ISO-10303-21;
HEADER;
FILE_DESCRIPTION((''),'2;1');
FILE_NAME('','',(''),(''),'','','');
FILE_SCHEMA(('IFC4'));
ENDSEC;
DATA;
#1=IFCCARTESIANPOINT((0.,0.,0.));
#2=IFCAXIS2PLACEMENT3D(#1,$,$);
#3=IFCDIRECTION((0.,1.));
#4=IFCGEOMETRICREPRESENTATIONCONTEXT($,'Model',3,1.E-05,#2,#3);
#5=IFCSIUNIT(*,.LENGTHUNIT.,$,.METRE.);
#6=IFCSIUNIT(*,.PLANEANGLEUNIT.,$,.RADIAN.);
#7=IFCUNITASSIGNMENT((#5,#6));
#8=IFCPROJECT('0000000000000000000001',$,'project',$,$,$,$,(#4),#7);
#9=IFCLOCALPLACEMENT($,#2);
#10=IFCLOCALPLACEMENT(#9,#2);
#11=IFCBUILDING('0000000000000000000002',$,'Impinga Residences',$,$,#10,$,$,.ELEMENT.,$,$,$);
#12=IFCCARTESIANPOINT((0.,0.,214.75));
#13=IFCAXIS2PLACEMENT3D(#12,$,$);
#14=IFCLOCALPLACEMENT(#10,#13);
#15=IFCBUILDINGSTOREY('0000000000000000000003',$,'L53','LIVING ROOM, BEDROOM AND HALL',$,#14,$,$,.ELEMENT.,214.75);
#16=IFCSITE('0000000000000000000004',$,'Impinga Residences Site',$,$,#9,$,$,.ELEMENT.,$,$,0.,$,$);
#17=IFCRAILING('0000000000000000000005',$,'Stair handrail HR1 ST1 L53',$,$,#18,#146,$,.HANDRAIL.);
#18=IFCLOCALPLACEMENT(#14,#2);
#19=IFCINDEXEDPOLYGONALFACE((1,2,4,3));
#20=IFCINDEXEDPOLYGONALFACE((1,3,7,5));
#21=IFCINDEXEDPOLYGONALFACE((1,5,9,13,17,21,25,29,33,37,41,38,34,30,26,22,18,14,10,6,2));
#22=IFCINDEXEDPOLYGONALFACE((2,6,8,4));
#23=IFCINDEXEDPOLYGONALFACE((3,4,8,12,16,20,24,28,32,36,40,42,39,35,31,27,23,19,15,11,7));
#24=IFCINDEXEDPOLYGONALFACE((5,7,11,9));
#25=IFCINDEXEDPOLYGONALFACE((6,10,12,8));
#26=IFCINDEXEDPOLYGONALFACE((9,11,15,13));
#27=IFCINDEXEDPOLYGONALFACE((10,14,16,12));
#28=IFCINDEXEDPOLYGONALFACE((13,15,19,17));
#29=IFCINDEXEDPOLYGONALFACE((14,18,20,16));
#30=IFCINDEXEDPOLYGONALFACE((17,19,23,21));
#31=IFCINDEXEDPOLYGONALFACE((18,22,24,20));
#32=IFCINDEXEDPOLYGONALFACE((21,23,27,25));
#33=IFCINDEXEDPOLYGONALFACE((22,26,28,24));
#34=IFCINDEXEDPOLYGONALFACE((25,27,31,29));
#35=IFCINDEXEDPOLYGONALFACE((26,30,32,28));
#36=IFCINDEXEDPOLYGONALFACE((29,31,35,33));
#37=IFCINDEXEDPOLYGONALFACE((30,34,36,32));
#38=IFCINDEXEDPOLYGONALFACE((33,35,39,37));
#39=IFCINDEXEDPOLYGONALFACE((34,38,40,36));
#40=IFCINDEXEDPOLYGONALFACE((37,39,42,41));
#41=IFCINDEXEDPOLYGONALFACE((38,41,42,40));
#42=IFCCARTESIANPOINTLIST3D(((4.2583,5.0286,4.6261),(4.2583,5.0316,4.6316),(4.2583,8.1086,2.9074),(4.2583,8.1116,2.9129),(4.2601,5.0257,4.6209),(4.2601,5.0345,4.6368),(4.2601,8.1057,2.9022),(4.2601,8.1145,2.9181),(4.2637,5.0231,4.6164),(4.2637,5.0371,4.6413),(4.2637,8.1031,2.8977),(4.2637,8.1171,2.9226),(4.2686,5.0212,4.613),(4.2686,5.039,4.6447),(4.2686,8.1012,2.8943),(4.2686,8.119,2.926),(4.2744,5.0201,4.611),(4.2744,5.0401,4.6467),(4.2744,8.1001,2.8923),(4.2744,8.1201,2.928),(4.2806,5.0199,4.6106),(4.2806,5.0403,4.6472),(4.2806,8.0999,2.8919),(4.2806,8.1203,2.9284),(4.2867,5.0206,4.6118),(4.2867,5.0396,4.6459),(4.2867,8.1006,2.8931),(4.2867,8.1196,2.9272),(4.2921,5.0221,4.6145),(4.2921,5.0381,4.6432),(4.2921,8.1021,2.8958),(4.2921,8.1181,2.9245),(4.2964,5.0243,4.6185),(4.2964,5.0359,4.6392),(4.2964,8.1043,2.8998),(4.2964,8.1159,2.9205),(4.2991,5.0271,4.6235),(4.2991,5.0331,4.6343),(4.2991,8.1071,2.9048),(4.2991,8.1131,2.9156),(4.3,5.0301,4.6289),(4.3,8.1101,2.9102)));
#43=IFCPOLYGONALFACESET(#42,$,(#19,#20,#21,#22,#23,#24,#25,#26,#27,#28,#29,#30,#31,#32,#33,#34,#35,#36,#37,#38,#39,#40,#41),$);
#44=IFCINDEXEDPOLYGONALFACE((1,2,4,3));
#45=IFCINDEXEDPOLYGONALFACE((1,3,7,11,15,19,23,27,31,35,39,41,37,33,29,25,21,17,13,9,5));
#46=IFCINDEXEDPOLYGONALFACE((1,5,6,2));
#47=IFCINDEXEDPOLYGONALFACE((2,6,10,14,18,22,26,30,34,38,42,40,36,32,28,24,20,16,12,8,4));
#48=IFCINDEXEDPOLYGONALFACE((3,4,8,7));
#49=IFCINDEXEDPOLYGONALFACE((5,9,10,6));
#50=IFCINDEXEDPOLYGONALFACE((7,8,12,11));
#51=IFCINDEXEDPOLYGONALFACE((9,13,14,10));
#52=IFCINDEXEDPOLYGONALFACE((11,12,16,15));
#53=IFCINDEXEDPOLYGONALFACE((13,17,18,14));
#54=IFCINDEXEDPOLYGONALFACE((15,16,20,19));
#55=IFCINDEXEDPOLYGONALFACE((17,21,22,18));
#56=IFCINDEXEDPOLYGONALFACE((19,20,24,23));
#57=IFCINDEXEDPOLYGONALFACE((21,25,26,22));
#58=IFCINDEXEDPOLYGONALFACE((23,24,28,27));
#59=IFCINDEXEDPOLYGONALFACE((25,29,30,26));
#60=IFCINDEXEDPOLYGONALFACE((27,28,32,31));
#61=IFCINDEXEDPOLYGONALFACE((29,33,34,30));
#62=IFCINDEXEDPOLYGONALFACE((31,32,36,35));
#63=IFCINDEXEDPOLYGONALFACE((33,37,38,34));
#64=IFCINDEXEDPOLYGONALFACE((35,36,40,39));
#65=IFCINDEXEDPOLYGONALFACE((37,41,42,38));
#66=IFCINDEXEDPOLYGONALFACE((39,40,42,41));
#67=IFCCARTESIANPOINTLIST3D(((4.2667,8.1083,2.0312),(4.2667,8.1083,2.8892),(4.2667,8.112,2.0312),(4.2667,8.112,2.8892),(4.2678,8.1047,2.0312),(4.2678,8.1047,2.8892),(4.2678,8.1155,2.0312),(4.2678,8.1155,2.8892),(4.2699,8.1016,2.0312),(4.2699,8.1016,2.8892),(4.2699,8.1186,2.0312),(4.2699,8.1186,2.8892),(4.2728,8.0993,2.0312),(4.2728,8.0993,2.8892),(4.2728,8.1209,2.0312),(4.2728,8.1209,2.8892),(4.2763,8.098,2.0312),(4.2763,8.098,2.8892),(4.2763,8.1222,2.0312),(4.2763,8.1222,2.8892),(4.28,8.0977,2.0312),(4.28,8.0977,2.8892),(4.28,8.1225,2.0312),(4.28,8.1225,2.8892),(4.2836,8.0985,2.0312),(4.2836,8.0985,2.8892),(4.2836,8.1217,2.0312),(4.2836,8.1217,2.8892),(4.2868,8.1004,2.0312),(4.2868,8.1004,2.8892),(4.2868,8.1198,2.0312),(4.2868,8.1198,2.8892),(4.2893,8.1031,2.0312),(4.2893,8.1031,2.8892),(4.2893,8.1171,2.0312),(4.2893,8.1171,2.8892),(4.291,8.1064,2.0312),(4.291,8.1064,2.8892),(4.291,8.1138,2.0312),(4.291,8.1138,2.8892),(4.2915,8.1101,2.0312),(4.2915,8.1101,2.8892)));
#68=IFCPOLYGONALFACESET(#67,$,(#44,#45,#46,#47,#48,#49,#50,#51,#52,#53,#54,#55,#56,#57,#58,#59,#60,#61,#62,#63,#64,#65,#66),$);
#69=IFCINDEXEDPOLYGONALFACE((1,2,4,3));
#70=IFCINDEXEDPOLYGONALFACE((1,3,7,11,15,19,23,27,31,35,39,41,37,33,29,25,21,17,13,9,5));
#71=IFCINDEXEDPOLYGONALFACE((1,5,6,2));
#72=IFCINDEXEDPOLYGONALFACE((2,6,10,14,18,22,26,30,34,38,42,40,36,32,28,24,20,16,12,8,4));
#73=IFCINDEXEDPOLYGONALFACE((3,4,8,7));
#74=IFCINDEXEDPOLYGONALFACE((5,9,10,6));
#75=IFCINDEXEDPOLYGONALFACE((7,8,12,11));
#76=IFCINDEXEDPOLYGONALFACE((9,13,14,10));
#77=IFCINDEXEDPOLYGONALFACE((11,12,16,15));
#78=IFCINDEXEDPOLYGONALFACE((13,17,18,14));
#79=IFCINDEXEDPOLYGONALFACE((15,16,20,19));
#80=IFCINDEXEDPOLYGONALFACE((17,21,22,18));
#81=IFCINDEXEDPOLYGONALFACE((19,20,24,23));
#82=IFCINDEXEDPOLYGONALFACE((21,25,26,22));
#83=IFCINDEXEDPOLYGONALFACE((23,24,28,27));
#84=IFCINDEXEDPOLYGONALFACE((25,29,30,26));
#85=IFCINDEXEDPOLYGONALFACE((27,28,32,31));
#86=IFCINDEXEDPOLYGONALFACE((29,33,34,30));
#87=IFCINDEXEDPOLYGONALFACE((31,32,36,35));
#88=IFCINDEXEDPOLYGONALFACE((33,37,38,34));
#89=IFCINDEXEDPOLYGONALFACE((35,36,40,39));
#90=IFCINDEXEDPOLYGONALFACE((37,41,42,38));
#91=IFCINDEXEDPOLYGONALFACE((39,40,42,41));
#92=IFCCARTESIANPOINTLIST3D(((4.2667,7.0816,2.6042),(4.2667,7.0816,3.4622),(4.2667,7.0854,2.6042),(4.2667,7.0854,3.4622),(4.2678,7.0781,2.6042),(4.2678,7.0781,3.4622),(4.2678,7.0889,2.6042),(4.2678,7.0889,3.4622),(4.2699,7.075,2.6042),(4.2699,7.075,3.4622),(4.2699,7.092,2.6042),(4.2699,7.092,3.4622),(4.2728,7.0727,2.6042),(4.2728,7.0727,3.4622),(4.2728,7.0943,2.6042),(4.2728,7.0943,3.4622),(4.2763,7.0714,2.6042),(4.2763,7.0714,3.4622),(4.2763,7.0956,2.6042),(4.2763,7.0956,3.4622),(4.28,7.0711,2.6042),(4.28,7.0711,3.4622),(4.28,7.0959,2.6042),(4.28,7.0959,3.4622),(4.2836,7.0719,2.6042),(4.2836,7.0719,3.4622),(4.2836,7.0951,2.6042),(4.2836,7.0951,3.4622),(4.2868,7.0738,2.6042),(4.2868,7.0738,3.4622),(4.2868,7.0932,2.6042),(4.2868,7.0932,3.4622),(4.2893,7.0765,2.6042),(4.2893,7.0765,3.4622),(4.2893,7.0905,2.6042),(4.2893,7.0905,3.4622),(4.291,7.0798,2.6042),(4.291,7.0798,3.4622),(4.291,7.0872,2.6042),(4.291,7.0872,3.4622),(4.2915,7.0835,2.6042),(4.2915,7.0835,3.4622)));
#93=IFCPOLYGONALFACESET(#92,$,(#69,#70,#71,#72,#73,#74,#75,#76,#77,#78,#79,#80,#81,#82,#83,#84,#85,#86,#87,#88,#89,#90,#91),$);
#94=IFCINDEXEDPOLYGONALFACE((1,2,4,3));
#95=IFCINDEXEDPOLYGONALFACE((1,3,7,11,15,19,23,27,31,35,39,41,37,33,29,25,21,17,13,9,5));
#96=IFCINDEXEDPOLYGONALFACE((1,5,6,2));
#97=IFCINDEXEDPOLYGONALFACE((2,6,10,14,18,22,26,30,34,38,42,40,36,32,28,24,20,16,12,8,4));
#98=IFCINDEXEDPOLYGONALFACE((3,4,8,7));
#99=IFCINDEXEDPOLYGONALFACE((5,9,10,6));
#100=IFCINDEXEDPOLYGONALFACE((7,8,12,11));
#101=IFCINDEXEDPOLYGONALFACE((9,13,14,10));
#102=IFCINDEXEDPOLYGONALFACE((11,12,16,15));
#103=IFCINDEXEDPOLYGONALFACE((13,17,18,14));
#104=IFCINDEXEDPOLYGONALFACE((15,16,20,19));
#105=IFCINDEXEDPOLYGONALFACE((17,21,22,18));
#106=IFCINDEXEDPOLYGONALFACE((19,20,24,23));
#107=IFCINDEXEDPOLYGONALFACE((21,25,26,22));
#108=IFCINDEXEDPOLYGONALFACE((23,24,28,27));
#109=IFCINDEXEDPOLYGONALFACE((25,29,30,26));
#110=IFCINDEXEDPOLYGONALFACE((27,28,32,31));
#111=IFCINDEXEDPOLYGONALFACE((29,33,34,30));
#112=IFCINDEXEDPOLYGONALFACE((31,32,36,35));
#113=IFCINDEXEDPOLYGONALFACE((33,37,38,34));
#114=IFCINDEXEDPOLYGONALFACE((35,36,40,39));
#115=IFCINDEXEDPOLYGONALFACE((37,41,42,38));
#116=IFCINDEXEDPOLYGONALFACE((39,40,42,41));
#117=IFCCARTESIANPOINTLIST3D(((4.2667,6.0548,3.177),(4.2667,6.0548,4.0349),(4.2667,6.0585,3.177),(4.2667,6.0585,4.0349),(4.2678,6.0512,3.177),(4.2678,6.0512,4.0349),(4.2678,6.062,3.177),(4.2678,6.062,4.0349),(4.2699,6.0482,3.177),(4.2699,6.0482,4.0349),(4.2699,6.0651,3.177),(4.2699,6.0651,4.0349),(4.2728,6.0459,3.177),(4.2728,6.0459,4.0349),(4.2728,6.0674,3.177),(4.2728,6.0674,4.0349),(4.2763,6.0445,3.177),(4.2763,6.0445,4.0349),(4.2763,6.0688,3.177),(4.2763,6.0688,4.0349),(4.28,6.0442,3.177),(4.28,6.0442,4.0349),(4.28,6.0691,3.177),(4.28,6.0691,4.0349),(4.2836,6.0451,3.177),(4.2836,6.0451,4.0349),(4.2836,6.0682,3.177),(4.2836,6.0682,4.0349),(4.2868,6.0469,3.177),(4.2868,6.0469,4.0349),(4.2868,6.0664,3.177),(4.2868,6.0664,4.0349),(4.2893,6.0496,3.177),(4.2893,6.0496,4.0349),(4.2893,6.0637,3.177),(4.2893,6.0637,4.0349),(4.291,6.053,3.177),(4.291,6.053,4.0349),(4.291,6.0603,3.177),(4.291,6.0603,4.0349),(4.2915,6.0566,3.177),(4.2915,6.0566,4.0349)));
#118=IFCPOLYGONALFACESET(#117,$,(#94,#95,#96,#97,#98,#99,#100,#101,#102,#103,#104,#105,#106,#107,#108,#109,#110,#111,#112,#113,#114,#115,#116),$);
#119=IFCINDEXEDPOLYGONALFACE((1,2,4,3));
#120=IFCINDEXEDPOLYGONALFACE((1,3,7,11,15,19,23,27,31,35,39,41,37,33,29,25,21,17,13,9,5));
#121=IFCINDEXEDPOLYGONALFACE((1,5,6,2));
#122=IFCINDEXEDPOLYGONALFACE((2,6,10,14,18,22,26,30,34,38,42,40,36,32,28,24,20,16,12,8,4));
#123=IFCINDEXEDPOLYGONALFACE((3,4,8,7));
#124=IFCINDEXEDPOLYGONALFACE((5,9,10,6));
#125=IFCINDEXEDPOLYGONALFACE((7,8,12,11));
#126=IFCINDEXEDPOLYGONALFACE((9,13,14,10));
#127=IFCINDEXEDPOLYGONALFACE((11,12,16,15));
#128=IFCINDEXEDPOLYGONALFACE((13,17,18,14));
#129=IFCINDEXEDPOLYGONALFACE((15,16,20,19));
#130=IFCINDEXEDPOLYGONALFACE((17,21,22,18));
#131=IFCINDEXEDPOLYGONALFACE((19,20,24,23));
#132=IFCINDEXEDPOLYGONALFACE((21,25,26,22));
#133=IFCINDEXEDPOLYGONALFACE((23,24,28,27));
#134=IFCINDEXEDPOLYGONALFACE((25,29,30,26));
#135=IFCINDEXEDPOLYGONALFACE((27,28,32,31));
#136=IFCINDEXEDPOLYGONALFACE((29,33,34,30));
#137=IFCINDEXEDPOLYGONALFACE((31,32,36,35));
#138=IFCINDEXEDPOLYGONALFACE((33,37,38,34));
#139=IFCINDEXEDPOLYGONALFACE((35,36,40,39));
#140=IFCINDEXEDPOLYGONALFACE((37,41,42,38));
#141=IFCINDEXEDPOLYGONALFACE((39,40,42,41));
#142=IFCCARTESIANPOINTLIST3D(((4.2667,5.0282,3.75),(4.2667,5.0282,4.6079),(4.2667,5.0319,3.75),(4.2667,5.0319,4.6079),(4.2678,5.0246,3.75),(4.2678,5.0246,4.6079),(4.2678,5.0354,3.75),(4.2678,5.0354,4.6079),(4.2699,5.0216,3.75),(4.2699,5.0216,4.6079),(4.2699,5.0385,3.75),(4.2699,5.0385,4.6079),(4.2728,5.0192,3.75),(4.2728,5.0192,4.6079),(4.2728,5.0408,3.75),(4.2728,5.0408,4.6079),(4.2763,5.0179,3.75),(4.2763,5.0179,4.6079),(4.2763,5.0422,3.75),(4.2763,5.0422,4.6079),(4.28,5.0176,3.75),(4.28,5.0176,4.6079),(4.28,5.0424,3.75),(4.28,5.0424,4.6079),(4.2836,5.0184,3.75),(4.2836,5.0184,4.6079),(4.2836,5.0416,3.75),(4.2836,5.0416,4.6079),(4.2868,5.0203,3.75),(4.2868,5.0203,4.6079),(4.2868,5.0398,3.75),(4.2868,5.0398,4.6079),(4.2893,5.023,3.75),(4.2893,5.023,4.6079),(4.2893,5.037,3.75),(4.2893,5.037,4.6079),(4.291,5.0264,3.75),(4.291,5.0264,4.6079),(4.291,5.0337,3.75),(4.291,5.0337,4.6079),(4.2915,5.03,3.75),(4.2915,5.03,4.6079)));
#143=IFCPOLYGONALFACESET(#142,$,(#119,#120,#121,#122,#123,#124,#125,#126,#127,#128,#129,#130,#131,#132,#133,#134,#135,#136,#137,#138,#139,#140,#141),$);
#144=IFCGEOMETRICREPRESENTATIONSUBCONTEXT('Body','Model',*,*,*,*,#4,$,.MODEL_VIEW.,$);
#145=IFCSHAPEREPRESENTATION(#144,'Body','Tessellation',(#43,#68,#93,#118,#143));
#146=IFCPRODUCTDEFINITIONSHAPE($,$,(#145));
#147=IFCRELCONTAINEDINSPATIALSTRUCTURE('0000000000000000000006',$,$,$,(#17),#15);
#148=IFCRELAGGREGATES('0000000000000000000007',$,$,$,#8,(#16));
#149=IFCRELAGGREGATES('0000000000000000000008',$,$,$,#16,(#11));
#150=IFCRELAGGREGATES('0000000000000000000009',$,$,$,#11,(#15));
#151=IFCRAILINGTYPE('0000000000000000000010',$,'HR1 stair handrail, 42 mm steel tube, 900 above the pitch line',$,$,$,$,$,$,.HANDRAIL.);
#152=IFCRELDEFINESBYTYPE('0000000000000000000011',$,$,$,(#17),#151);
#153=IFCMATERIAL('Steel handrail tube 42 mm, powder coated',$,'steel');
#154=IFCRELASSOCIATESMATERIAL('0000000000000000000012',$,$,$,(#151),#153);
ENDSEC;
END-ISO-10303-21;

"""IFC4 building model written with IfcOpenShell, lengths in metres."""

from ifc_helpers import new_model, si_unit, direction, frame, origin, origin_2d, place, context, subcontext, project, spatial, circle, extrude, material, type_object, element, save


model = new_model("IFC4")

# Units and contexts
model_context = context("Model", 3, precision=1e-05, world=origin(), true_north=direction((0.0, 1.0)))
body_context = subcontext(model_context, "Body", "Model", "MODEL_VIEW")
ifc_project = project(units=[si_unit("LENGTHUNIT", "METRE"), si_unit("PLANEANGLEUNIT", "RADIAN")], contexts=[model_context])

# Site, building, storey
site_placement = place(None, origin())
site = spatial("IfcSite", under=ifc_project, at=site_placement, Name="Impinga Residences Site", CompositionType="ELEMENT", RefElevation=0.0)
building_placement = place(site_placement, origin())
building = spatial("IfcBuilding", under=site, at=building_placement, Name="Impinga Residences", CompositionType="ELEMENT")
storey_placement = place(building_placement, frame((0.0, 0.0, 214.75)))
storey = spatial("IfcBuildingStorey", under=building, at=storey_placement, Name="L53", Description="LIVING ROOM, BEDROOM AND HALL", CompositionType="ELEMENT", Elevation=214.75)

# Railing
ifc_material_1 = material(Name="Steel handrail tube 42 mm, powder coated", Category="steel")
railing_type_1 = type_object("IfcRailingType", Name="HR1 stair handrail, 42 mm steel tube, 900 above the pitch line", PredefinedType="HANDRAIL", material=ifc_material_1)
railing_1_placement = place(storey_placement, frame((4.2791, 8.1101, 2.0312)))
element("IfcRailing", 1, at=railing_1_placement, inside=storey, type_object=railing_type_1, Name="Stair handrail HR1 ST1 L53", PredefinedType="HANDRAIL", context=body_context, shape_type="SweptSolid", body=[
    extrude(circle(Radius=0.021, at=origin_2d()), frame((0.0, 0.0, 0.8789), z_axis=(0.0, -0.873242, 0.487288), x_axis=(1.0, 0.0, 0.0)), (0.0, 0.0, 1.0), 3.5271),
    extrude(circle(Radius=0.0125, at=origin_2d()), origin(), (0.0, 0.0, 1.0), 0.8579),
    extrude(circle(Radius=0.0125, at=origin_2d()), frame((0.0, -1.0266, 0.573)), (0.0, 0.0, 1.0), 0.8579),
    extrude(circle(Radius=0.0125, at=origin_2d()), frame((0.0, -2.0535, 1.1458)), (0.0, 0.0, 1.0), 0.8579),
    extrude(circle(Radius=0.0125, at=origin_2d()), frame((0.0, -3.0801, 1.7188)), (0.0, 0.0, 1.0), 0.8579),
])

save(model, "model.ifc")
